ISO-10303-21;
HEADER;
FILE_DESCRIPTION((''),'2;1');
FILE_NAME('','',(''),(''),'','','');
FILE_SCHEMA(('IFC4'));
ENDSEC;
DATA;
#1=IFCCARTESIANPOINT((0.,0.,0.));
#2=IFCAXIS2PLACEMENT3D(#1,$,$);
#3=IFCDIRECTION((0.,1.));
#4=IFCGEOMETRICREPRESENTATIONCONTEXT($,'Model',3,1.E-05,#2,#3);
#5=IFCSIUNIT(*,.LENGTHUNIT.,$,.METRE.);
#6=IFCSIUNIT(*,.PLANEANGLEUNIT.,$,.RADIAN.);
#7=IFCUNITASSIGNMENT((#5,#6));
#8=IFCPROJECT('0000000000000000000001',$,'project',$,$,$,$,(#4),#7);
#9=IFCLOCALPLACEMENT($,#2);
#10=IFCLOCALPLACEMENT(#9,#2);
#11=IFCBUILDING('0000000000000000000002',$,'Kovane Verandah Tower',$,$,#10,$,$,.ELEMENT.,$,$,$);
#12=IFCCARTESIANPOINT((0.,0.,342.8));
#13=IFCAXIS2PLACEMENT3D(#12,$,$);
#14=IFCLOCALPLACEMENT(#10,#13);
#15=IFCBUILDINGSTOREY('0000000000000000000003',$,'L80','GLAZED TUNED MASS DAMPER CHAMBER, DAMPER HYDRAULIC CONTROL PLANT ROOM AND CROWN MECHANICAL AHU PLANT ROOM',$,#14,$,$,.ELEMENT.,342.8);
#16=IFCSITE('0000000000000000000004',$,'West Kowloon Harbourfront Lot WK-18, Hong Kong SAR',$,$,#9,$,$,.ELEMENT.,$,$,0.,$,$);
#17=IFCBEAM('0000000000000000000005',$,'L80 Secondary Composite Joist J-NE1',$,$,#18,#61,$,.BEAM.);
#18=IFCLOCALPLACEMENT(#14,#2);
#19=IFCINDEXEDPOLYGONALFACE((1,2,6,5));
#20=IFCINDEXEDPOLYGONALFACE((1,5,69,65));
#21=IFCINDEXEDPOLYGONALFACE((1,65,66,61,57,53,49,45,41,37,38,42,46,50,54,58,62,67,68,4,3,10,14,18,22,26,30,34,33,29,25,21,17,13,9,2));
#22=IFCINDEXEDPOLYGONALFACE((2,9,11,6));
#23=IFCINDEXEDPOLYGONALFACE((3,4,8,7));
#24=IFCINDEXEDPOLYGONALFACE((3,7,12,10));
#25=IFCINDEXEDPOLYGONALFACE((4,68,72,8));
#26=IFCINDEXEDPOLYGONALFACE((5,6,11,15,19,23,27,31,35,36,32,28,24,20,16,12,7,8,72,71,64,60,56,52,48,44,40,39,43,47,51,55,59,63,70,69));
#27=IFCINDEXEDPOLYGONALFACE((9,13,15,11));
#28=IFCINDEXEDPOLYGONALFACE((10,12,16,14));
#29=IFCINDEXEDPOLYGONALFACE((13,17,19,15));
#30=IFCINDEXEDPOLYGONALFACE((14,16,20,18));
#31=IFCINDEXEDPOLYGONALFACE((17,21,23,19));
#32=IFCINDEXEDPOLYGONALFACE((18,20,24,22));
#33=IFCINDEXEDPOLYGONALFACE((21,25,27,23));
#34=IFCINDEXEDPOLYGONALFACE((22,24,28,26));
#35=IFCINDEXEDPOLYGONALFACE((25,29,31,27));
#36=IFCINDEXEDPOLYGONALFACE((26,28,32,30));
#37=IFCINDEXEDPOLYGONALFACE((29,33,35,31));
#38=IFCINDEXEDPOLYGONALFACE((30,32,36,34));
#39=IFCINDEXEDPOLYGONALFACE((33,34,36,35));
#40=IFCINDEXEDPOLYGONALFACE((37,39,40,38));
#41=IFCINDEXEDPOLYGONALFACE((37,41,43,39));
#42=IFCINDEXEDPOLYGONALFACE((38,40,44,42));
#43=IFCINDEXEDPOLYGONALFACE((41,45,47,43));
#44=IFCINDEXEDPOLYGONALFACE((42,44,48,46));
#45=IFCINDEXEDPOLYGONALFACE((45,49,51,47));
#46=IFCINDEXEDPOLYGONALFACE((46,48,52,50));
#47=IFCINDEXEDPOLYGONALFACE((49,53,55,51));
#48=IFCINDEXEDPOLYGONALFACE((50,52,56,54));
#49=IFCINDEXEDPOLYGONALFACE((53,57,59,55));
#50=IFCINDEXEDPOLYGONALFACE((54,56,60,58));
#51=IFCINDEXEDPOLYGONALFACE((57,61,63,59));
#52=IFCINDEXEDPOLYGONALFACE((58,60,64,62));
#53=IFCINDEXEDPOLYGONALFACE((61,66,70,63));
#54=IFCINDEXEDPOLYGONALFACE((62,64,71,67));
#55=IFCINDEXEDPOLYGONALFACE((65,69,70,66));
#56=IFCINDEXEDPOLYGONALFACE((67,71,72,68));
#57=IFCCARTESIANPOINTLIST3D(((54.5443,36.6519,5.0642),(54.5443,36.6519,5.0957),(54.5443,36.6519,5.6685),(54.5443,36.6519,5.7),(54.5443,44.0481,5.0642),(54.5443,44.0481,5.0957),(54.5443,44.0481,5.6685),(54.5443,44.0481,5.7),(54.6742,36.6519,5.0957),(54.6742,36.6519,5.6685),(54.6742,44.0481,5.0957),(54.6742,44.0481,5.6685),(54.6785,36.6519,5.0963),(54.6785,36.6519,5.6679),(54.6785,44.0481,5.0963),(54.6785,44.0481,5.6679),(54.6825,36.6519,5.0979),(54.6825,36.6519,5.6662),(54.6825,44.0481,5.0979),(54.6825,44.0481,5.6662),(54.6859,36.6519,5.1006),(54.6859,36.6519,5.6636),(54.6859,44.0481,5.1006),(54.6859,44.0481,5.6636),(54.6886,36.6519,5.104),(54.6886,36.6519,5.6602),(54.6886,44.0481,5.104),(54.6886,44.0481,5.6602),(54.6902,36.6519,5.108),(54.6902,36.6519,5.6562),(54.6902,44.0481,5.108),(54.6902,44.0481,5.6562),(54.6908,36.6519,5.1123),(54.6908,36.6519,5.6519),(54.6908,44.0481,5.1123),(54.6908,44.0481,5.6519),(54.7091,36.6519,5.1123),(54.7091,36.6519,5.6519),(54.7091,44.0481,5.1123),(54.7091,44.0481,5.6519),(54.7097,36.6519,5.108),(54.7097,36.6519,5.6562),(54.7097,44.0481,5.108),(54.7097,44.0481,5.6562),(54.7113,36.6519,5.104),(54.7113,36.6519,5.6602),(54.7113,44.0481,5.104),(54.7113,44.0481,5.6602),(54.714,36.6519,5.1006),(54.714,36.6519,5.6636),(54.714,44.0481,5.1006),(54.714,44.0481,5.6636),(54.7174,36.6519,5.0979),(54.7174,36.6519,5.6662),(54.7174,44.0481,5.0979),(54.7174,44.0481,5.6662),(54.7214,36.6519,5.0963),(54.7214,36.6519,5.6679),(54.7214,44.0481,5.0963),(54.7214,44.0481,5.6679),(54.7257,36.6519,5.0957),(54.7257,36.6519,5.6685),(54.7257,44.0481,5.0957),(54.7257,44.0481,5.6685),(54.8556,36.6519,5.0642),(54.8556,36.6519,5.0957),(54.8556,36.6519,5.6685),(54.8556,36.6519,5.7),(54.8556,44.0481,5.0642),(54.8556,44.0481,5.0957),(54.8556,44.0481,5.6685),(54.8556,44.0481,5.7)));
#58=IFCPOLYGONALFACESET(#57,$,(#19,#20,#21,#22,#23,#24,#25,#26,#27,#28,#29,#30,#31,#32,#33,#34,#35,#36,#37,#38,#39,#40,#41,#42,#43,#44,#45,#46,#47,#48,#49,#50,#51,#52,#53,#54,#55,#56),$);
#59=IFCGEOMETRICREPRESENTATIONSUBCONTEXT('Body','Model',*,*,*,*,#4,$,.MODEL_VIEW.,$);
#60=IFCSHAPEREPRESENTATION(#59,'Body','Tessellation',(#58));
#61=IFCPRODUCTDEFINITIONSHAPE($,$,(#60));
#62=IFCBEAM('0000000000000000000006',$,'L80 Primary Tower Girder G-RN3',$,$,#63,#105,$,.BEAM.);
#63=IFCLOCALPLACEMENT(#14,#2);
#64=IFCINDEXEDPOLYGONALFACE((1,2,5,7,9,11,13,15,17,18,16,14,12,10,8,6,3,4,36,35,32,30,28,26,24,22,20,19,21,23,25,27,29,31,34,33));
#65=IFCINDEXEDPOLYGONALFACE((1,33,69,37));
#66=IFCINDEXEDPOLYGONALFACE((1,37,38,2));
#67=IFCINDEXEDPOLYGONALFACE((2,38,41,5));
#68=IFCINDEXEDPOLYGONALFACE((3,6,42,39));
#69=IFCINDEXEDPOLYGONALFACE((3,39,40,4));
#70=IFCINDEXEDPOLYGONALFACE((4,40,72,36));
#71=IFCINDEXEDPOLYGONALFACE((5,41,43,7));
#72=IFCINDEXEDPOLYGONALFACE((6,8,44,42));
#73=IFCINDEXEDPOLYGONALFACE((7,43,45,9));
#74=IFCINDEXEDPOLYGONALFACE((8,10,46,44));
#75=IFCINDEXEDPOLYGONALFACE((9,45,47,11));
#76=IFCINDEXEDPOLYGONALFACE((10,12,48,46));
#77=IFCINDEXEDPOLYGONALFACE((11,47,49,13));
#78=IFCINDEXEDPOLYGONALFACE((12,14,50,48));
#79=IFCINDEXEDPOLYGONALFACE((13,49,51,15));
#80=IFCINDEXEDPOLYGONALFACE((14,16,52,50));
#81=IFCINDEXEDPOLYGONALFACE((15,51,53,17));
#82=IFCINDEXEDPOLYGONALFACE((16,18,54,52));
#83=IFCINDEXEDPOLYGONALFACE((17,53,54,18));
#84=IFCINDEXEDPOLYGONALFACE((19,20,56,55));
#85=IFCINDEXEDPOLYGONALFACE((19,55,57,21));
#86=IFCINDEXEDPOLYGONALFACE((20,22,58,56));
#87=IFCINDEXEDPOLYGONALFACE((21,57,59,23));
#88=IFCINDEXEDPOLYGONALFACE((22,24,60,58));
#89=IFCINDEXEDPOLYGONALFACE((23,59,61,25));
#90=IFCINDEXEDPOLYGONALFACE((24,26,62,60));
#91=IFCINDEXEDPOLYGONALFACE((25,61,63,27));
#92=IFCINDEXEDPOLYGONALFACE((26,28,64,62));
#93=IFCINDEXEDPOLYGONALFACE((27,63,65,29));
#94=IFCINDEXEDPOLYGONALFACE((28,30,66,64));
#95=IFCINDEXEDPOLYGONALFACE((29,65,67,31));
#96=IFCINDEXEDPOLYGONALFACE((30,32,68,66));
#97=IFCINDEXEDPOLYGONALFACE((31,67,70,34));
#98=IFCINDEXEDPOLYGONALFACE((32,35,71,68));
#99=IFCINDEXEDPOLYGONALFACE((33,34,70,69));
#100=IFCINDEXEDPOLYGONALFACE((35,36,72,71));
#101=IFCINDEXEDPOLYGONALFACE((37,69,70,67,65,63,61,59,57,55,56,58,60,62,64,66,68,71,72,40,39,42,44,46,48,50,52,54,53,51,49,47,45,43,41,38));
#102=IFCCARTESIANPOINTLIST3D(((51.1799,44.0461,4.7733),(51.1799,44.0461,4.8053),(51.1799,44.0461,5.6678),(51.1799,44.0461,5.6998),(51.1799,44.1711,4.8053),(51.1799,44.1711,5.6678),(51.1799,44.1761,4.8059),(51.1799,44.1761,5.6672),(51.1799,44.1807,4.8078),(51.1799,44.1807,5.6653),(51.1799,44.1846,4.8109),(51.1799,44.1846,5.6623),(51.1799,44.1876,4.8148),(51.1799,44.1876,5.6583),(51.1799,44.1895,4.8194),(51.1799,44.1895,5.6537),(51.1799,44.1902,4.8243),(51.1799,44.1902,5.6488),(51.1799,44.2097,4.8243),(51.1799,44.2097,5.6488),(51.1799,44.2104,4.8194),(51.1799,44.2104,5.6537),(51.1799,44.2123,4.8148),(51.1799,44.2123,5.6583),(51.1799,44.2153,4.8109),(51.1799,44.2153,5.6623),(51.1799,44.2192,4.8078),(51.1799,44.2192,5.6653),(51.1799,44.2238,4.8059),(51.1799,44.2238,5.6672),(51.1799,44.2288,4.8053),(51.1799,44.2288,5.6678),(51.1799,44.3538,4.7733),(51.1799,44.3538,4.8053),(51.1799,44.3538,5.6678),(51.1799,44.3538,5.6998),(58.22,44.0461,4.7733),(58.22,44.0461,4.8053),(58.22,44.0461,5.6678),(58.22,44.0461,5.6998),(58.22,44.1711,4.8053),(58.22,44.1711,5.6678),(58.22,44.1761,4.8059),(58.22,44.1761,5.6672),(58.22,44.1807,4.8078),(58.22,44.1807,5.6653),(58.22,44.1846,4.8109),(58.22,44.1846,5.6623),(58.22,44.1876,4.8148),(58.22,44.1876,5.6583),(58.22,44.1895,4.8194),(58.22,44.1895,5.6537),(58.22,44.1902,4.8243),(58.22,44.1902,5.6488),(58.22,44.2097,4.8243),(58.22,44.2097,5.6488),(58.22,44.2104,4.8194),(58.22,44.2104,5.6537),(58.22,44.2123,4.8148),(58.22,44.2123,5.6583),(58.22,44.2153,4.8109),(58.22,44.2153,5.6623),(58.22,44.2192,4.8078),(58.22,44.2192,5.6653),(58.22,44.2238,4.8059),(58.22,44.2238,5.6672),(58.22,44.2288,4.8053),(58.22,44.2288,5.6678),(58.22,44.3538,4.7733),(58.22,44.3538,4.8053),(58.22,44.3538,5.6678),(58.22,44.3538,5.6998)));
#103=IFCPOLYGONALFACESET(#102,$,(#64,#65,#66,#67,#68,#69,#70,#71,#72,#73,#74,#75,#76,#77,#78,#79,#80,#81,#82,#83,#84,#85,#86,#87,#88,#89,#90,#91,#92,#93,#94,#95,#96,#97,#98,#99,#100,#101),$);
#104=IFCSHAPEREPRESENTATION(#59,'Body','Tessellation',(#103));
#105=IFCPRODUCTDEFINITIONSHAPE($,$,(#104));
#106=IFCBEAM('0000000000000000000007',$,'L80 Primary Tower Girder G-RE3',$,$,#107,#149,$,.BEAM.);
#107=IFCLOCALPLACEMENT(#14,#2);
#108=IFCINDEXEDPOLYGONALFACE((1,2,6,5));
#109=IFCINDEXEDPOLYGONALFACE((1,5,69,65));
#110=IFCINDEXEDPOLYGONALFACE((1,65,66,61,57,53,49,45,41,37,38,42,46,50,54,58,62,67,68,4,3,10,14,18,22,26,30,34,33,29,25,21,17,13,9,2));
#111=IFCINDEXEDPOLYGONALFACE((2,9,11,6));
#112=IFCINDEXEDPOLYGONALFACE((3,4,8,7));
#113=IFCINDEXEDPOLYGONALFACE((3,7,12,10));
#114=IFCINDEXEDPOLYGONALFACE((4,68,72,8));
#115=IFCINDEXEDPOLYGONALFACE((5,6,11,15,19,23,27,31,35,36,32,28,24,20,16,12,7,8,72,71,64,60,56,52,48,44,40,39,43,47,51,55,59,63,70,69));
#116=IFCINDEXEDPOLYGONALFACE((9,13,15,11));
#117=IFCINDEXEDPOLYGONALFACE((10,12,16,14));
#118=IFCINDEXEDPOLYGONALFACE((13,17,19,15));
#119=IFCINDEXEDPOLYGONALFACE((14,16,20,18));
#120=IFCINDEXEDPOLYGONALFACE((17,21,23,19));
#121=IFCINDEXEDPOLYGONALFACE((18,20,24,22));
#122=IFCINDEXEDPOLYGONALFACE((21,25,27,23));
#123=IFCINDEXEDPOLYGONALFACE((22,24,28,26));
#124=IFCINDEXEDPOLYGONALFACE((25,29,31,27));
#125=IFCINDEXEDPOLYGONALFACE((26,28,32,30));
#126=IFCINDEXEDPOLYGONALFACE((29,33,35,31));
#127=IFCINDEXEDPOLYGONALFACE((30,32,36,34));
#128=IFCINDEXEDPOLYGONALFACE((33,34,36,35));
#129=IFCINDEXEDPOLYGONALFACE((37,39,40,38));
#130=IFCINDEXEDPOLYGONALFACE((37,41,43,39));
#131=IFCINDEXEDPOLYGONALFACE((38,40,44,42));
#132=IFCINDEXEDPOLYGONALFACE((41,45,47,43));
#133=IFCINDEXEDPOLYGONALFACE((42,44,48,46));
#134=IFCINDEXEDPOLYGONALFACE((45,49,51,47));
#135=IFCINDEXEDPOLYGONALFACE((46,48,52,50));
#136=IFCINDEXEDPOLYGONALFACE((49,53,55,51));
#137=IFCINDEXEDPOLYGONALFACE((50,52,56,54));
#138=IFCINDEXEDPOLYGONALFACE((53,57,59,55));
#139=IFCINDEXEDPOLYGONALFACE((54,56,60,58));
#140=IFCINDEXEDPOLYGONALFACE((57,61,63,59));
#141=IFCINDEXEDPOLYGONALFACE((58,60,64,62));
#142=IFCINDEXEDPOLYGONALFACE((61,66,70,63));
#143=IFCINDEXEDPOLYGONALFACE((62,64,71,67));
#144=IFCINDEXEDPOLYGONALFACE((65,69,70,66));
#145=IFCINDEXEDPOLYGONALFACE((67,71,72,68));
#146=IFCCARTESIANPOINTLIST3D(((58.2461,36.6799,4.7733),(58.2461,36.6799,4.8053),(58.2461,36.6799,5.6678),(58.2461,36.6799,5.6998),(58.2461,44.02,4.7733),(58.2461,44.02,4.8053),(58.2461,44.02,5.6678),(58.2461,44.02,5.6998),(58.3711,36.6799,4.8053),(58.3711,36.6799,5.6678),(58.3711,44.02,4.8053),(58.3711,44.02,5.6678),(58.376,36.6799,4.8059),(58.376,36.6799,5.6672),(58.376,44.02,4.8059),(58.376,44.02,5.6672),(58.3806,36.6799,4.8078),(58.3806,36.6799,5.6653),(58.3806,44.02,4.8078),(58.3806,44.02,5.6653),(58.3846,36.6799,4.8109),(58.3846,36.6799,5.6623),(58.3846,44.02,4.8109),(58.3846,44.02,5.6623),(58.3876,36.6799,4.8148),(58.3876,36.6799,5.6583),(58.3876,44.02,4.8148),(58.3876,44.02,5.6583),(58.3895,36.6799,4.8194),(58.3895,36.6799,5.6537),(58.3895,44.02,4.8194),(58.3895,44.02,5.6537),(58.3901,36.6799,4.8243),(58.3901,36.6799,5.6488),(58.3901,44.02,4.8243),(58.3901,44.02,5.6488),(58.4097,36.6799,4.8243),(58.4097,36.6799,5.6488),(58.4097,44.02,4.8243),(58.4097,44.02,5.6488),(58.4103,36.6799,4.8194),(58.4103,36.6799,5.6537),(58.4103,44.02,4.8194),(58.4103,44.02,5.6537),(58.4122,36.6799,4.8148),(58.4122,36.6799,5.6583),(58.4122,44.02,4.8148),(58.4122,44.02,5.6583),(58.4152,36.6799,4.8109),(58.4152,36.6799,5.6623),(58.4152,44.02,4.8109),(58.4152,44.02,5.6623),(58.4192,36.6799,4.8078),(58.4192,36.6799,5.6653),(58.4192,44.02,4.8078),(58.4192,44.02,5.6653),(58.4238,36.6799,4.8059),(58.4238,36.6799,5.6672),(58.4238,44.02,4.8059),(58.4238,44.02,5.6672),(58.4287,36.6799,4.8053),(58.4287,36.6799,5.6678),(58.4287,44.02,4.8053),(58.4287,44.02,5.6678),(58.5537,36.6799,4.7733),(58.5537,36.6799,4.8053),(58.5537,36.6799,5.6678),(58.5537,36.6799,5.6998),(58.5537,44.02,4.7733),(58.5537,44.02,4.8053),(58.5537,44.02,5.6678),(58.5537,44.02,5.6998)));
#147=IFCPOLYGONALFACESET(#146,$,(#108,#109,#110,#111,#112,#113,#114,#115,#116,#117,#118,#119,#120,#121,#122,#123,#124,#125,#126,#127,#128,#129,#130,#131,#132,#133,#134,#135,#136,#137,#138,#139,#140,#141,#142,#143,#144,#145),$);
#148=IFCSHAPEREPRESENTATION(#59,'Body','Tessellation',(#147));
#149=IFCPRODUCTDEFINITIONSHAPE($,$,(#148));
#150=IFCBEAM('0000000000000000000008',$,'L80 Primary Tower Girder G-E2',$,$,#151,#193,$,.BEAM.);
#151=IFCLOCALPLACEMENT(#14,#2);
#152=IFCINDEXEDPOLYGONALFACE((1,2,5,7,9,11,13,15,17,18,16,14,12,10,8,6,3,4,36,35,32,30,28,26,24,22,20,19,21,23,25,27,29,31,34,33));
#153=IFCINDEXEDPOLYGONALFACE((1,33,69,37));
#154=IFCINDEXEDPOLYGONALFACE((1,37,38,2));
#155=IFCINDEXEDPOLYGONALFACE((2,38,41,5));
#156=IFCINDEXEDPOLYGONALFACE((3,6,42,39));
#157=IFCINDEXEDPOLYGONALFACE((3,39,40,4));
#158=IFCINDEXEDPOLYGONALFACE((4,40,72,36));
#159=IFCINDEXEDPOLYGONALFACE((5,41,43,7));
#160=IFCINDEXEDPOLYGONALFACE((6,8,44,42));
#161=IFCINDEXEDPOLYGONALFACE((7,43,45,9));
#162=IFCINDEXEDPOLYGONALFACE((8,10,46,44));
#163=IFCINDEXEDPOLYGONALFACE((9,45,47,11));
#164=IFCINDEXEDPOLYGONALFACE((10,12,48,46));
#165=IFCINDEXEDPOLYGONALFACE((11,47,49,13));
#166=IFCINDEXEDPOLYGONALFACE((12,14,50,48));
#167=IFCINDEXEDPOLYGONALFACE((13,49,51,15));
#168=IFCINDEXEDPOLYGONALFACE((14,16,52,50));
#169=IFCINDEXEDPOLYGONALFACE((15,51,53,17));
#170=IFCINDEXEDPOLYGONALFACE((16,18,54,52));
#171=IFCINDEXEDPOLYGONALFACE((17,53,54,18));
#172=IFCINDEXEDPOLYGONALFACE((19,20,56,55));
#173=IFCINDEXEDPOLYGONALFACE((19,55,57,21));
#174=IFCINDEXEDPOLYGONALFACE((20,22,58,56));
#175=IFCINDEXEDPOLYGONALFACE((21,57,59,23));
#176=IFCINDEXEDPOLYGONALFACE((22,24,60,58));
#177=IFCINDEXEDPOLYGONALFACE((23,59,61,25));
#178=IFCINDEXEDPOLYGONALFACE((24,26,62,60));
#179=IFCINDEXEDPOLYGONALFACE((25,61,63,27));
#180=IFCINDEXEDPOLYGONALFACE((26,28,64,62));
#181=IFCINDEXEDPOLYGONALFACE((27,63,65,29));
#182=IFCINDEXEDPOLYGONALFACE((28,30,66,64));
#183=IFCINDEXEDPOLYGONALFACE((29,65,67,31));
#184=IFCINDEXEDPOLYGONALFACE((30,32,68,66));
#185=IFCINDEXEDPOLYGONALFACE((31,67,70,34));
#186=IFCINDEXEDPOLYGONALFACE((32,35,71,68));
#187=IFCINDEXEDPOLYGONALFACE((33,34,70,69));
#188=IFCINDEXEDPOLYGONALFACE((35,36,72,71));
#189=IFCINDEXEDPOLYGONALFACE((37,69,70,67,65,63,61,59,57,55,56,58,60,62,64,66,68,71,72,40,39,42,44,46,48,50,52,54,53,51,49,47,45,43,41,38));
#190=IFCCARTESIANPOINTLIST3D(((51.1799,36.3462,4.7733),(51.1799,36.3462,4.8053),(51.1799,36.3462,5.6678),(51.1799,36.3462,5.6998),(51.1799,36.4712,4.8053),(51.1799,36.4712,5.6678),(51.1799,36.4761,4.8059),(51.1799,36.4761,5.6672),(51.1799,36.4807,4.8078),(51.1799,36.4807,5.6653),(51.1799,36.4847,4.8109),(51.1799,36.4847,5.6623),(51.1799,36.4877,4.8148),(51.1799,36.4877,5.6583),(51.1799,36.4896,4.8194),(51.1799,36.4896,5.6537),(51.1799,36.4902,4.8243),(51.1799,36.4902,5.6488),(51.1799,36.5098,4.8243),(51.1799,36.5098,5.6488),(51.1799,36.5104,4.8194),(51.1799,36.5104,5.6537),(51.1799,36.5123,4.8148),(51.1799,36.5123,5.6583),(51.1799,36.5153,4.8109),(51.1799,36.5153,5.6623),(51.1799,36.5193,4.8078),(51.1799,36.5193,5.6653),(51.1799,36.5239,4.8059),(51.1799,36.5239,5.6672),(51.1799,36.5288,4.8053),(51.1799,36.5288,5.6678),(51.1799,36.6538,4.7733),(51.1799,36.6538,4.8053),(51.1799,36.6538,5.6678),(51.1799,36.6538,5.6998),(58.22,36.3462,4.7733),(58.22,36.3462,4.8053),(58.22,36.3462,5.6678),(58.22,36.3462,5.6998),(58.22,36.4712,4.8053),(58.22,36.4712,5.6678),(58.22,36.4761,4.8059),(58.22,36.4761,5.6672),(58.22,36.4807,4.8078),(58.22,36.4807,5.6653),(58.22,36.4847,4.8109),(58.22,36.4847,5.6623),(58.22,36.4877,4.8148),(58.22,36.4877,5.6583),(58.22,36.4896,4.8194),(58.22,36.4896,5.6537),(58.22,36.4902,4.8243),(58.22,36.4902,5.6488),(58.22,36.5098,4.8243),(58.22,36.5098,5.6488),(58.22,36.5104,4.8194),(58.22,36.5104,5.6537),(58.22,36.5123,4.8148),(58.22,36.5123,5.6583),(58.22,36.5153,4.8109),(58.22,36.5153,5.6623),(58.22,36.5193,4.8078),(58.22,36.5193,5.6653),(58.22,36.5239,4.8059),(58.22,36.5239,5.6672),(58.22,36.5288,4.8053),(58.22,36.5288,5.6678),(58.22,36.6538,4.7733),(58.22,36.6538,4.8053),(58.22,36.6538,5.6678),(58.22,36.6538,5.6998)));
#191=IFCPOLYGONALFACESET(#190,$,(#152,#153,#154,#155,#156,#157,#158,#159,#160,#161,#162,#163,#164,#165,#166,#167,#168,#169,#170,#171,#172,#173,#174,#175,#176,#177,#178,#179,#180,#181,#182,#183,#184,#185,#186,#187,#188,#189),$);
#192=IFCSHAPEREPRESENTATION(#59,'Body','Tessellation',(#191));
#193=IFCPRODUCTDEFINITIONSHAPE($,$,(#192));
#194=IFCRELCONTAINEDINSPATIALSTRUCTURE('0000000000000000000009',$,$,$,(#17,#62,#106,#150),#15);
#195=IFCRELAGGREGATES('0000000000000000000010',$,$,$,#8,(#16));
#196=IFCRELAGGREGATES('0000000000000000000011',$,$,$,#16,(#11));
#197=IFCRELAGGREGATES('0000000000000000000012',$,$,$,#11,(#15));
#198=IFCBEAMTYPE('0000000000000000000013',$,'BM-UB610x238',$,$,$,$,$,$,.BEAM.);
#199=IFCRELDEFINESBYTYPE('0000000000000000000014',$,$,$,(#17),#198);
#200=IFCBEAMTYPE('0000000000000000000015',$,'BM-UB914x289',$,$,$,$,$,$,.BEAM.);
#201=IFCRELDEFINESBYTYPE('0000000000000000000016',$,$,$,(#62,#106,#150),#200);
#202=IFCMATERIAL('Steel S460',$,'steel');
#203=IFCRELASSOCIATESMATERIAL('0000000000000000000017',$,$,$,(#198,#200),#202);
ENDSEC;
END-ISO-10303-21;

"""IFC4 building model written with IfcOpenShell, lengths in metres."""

from ifc_helpers import new_model, si_unit, direction, frame, origin, origin_2d, place, context, subcontext, project, spatial, i_section, extrude, material, material_profile, profile_set, type_object, element, save


model = new_model("IFC4")

# Units and contexts
model_context = context("Model", 3, precision=1e-05, world=origin(), true_north=direction((0.0, 1.0)))
body_context = subcontext(model_context, "Body", "Model", "MODEL_VIEW")
ifc_project = project(units=[si_unit("LENGTHUNIT", "METRE"), si_unit("PLANEANGLEUNIT", "RADIAN")], contexts=[model_context])

# Site, building, storey
site_placement = place(None, origin())
site = spatial("IfcSite", under=ifc_project, at=site_placement, Name="West Kowloon Harbourfront Lot WK-18, Hong Kong SAR", CompositionType="ELEMENT", RefElevation=0.0)
building_placement = place(site_placement, origin())
building = spatial("IfcBuilding", under=site, at=building_placement, Name="Kovane Verandah Tower", CompositionType="ELEMENT")
storey_placement = place(building_placement, frame((0.0, 0.0, 342.8)))
storey = spatial("IfcBuildingStorey", under=building, at=storey_placement, Name="L80", Description="GLAZED TUNED MASS DAMPER CHAMBER, DAMPER HYDRAULIC CONTROL PLANT ROOM AND CROWN MECHANICAL AHU PLANT ROOM", CompositionType="ELEMENT", Elevation=342.8)

# Shared definitions
ifc_material_1 = material(Name="Steel S460", Category="steel")

# Beams
ifc_material_profile_1 = material_profile(ifc_material_1, i_section(OverallWidth=0.3113, OverallDepth=0.6357, WebThickness=0.0183, FlangeThickness=0.0315, FilletRadius=0.0166, at=origin_2d()), Name="UB610x305x238")
ifc_profile_set_1 = profile_set([ifc_material_profile_1], Name="Steel S460")
beam_type_1 = type_object("IfcBeamType", Name="BM-UB610x238", PredefinedType="BEAM", material=ifc_profile_set_1)
beam_1_placement = place(storey_placement, frame((54.7, 36.6519, 5.3821), z_axis=(0.0, 1.0, 0.0), x_axis=(-1.0, 0.0, 0.0)))
element("IfcBeam", 1, at=beam_1_placement, inside=storey, type_object=beam_type_1, Name="L80 Secondary Composite Joist J-NE1", PredefinedType="BEAM", context=body_context, shape_type="SweptSolid", body=[
    extrude(i_section(OverallWidth=0.3113, OverallDepth=0.6357, WebThickness=0.0183, FlangeThickness=0.0315, FilletRadius=0.0166, at=origin_2d()), origin(), (0.0, 0.0, 1.0), 7.3962),
])
ifc_material_profile_2 = material_profile(ifc_material_1, i_section(OverallWidth=0.3076, OverallDepth=0.9265, WebThickness=0.0195, FlangeThickness=0.032, FilletRadius=0.019, at=origin_2d()), Name="UB914x305x289")
ifc_profile_set_2 = profile_set([ifc_material_profile_2], Name="Steel S460")
beam_type_2 = type_object("IfcBeamType", Name="BM-UB914x289", PredefinedType="BEAM", material=ifc_profile_set_2)
beam_2_placement = place(storey_placement, frame((51.1799, 44.2, 5.2366), z_axis=(1.0, 0.0, 0.0), x_axis=(0.0, 1.0, 0.0)))
element("IfcBeam", 2, at=beam_2_placement, inside=storey, type_object=beam_type_2, Name="L80 Primary Tower Girder G-RN3", PredefinedType="BEAM", context=body_context, shape_type="SweptSolid", body=[
    extrude(i_section(OverallWidth=0.3076, OverallDepth=0.9265, WebThickness=0.0195, FlangeThickness=0.032, FilletRadius=0.019, at=origin_2d()), origin(), (0.0, 0.0, 1.0), 7.04),
])
beam_3_placement = place(storey_placement, frame((58.3999, 36.6799, 5.2366), z_axis=(0.0, 1.0, 0.0), x_axis=(-1.0, 0.0, 0.0)))
element("IfcBeam", 3, at=beam_3_placement, inside=storey, type_object=beam_type_2, Name="L80 Primary Tower Girder G-RE3", PredefinedType="BEAM", context=body_context, shape_type="SweptSolid", body=[
    extrude(i_section(OverallWidth=0.3076, OverallDepth=0.9265, WebThickness=0.0195, FlangeThickness=0.032, FilletRadius=0.019, at=origin_2d()), origin(), (0.0, 0.0, 1.0), 7.3401),
])
beam_4_placement = place(storey_placement, frame((51.1799, 36.5, 5.2366), z_axis=(1.0, 0.0, 0.0), x_axis=(0.0, 1.0, 0.0)))
element("IfcBeam", 4, at=beam_4_placement, inside=storey, type_object=beam_type_2, Name="L80 Primary Tower Girder G-E2", PredefinedType="BEAM", context=body_context, shape_type="SweptSolid", body=[
    extrude(i_section(OverallWidth=0.3076, OverallDepth=0.9265, WebThickness=0.0195, FlangeThickness=0.032, FilletRadius=0.019, at=origin_2d()), origin(), (0.0, 0.0, 1.0), 7.04),
])

save(model, "model.ifc")
